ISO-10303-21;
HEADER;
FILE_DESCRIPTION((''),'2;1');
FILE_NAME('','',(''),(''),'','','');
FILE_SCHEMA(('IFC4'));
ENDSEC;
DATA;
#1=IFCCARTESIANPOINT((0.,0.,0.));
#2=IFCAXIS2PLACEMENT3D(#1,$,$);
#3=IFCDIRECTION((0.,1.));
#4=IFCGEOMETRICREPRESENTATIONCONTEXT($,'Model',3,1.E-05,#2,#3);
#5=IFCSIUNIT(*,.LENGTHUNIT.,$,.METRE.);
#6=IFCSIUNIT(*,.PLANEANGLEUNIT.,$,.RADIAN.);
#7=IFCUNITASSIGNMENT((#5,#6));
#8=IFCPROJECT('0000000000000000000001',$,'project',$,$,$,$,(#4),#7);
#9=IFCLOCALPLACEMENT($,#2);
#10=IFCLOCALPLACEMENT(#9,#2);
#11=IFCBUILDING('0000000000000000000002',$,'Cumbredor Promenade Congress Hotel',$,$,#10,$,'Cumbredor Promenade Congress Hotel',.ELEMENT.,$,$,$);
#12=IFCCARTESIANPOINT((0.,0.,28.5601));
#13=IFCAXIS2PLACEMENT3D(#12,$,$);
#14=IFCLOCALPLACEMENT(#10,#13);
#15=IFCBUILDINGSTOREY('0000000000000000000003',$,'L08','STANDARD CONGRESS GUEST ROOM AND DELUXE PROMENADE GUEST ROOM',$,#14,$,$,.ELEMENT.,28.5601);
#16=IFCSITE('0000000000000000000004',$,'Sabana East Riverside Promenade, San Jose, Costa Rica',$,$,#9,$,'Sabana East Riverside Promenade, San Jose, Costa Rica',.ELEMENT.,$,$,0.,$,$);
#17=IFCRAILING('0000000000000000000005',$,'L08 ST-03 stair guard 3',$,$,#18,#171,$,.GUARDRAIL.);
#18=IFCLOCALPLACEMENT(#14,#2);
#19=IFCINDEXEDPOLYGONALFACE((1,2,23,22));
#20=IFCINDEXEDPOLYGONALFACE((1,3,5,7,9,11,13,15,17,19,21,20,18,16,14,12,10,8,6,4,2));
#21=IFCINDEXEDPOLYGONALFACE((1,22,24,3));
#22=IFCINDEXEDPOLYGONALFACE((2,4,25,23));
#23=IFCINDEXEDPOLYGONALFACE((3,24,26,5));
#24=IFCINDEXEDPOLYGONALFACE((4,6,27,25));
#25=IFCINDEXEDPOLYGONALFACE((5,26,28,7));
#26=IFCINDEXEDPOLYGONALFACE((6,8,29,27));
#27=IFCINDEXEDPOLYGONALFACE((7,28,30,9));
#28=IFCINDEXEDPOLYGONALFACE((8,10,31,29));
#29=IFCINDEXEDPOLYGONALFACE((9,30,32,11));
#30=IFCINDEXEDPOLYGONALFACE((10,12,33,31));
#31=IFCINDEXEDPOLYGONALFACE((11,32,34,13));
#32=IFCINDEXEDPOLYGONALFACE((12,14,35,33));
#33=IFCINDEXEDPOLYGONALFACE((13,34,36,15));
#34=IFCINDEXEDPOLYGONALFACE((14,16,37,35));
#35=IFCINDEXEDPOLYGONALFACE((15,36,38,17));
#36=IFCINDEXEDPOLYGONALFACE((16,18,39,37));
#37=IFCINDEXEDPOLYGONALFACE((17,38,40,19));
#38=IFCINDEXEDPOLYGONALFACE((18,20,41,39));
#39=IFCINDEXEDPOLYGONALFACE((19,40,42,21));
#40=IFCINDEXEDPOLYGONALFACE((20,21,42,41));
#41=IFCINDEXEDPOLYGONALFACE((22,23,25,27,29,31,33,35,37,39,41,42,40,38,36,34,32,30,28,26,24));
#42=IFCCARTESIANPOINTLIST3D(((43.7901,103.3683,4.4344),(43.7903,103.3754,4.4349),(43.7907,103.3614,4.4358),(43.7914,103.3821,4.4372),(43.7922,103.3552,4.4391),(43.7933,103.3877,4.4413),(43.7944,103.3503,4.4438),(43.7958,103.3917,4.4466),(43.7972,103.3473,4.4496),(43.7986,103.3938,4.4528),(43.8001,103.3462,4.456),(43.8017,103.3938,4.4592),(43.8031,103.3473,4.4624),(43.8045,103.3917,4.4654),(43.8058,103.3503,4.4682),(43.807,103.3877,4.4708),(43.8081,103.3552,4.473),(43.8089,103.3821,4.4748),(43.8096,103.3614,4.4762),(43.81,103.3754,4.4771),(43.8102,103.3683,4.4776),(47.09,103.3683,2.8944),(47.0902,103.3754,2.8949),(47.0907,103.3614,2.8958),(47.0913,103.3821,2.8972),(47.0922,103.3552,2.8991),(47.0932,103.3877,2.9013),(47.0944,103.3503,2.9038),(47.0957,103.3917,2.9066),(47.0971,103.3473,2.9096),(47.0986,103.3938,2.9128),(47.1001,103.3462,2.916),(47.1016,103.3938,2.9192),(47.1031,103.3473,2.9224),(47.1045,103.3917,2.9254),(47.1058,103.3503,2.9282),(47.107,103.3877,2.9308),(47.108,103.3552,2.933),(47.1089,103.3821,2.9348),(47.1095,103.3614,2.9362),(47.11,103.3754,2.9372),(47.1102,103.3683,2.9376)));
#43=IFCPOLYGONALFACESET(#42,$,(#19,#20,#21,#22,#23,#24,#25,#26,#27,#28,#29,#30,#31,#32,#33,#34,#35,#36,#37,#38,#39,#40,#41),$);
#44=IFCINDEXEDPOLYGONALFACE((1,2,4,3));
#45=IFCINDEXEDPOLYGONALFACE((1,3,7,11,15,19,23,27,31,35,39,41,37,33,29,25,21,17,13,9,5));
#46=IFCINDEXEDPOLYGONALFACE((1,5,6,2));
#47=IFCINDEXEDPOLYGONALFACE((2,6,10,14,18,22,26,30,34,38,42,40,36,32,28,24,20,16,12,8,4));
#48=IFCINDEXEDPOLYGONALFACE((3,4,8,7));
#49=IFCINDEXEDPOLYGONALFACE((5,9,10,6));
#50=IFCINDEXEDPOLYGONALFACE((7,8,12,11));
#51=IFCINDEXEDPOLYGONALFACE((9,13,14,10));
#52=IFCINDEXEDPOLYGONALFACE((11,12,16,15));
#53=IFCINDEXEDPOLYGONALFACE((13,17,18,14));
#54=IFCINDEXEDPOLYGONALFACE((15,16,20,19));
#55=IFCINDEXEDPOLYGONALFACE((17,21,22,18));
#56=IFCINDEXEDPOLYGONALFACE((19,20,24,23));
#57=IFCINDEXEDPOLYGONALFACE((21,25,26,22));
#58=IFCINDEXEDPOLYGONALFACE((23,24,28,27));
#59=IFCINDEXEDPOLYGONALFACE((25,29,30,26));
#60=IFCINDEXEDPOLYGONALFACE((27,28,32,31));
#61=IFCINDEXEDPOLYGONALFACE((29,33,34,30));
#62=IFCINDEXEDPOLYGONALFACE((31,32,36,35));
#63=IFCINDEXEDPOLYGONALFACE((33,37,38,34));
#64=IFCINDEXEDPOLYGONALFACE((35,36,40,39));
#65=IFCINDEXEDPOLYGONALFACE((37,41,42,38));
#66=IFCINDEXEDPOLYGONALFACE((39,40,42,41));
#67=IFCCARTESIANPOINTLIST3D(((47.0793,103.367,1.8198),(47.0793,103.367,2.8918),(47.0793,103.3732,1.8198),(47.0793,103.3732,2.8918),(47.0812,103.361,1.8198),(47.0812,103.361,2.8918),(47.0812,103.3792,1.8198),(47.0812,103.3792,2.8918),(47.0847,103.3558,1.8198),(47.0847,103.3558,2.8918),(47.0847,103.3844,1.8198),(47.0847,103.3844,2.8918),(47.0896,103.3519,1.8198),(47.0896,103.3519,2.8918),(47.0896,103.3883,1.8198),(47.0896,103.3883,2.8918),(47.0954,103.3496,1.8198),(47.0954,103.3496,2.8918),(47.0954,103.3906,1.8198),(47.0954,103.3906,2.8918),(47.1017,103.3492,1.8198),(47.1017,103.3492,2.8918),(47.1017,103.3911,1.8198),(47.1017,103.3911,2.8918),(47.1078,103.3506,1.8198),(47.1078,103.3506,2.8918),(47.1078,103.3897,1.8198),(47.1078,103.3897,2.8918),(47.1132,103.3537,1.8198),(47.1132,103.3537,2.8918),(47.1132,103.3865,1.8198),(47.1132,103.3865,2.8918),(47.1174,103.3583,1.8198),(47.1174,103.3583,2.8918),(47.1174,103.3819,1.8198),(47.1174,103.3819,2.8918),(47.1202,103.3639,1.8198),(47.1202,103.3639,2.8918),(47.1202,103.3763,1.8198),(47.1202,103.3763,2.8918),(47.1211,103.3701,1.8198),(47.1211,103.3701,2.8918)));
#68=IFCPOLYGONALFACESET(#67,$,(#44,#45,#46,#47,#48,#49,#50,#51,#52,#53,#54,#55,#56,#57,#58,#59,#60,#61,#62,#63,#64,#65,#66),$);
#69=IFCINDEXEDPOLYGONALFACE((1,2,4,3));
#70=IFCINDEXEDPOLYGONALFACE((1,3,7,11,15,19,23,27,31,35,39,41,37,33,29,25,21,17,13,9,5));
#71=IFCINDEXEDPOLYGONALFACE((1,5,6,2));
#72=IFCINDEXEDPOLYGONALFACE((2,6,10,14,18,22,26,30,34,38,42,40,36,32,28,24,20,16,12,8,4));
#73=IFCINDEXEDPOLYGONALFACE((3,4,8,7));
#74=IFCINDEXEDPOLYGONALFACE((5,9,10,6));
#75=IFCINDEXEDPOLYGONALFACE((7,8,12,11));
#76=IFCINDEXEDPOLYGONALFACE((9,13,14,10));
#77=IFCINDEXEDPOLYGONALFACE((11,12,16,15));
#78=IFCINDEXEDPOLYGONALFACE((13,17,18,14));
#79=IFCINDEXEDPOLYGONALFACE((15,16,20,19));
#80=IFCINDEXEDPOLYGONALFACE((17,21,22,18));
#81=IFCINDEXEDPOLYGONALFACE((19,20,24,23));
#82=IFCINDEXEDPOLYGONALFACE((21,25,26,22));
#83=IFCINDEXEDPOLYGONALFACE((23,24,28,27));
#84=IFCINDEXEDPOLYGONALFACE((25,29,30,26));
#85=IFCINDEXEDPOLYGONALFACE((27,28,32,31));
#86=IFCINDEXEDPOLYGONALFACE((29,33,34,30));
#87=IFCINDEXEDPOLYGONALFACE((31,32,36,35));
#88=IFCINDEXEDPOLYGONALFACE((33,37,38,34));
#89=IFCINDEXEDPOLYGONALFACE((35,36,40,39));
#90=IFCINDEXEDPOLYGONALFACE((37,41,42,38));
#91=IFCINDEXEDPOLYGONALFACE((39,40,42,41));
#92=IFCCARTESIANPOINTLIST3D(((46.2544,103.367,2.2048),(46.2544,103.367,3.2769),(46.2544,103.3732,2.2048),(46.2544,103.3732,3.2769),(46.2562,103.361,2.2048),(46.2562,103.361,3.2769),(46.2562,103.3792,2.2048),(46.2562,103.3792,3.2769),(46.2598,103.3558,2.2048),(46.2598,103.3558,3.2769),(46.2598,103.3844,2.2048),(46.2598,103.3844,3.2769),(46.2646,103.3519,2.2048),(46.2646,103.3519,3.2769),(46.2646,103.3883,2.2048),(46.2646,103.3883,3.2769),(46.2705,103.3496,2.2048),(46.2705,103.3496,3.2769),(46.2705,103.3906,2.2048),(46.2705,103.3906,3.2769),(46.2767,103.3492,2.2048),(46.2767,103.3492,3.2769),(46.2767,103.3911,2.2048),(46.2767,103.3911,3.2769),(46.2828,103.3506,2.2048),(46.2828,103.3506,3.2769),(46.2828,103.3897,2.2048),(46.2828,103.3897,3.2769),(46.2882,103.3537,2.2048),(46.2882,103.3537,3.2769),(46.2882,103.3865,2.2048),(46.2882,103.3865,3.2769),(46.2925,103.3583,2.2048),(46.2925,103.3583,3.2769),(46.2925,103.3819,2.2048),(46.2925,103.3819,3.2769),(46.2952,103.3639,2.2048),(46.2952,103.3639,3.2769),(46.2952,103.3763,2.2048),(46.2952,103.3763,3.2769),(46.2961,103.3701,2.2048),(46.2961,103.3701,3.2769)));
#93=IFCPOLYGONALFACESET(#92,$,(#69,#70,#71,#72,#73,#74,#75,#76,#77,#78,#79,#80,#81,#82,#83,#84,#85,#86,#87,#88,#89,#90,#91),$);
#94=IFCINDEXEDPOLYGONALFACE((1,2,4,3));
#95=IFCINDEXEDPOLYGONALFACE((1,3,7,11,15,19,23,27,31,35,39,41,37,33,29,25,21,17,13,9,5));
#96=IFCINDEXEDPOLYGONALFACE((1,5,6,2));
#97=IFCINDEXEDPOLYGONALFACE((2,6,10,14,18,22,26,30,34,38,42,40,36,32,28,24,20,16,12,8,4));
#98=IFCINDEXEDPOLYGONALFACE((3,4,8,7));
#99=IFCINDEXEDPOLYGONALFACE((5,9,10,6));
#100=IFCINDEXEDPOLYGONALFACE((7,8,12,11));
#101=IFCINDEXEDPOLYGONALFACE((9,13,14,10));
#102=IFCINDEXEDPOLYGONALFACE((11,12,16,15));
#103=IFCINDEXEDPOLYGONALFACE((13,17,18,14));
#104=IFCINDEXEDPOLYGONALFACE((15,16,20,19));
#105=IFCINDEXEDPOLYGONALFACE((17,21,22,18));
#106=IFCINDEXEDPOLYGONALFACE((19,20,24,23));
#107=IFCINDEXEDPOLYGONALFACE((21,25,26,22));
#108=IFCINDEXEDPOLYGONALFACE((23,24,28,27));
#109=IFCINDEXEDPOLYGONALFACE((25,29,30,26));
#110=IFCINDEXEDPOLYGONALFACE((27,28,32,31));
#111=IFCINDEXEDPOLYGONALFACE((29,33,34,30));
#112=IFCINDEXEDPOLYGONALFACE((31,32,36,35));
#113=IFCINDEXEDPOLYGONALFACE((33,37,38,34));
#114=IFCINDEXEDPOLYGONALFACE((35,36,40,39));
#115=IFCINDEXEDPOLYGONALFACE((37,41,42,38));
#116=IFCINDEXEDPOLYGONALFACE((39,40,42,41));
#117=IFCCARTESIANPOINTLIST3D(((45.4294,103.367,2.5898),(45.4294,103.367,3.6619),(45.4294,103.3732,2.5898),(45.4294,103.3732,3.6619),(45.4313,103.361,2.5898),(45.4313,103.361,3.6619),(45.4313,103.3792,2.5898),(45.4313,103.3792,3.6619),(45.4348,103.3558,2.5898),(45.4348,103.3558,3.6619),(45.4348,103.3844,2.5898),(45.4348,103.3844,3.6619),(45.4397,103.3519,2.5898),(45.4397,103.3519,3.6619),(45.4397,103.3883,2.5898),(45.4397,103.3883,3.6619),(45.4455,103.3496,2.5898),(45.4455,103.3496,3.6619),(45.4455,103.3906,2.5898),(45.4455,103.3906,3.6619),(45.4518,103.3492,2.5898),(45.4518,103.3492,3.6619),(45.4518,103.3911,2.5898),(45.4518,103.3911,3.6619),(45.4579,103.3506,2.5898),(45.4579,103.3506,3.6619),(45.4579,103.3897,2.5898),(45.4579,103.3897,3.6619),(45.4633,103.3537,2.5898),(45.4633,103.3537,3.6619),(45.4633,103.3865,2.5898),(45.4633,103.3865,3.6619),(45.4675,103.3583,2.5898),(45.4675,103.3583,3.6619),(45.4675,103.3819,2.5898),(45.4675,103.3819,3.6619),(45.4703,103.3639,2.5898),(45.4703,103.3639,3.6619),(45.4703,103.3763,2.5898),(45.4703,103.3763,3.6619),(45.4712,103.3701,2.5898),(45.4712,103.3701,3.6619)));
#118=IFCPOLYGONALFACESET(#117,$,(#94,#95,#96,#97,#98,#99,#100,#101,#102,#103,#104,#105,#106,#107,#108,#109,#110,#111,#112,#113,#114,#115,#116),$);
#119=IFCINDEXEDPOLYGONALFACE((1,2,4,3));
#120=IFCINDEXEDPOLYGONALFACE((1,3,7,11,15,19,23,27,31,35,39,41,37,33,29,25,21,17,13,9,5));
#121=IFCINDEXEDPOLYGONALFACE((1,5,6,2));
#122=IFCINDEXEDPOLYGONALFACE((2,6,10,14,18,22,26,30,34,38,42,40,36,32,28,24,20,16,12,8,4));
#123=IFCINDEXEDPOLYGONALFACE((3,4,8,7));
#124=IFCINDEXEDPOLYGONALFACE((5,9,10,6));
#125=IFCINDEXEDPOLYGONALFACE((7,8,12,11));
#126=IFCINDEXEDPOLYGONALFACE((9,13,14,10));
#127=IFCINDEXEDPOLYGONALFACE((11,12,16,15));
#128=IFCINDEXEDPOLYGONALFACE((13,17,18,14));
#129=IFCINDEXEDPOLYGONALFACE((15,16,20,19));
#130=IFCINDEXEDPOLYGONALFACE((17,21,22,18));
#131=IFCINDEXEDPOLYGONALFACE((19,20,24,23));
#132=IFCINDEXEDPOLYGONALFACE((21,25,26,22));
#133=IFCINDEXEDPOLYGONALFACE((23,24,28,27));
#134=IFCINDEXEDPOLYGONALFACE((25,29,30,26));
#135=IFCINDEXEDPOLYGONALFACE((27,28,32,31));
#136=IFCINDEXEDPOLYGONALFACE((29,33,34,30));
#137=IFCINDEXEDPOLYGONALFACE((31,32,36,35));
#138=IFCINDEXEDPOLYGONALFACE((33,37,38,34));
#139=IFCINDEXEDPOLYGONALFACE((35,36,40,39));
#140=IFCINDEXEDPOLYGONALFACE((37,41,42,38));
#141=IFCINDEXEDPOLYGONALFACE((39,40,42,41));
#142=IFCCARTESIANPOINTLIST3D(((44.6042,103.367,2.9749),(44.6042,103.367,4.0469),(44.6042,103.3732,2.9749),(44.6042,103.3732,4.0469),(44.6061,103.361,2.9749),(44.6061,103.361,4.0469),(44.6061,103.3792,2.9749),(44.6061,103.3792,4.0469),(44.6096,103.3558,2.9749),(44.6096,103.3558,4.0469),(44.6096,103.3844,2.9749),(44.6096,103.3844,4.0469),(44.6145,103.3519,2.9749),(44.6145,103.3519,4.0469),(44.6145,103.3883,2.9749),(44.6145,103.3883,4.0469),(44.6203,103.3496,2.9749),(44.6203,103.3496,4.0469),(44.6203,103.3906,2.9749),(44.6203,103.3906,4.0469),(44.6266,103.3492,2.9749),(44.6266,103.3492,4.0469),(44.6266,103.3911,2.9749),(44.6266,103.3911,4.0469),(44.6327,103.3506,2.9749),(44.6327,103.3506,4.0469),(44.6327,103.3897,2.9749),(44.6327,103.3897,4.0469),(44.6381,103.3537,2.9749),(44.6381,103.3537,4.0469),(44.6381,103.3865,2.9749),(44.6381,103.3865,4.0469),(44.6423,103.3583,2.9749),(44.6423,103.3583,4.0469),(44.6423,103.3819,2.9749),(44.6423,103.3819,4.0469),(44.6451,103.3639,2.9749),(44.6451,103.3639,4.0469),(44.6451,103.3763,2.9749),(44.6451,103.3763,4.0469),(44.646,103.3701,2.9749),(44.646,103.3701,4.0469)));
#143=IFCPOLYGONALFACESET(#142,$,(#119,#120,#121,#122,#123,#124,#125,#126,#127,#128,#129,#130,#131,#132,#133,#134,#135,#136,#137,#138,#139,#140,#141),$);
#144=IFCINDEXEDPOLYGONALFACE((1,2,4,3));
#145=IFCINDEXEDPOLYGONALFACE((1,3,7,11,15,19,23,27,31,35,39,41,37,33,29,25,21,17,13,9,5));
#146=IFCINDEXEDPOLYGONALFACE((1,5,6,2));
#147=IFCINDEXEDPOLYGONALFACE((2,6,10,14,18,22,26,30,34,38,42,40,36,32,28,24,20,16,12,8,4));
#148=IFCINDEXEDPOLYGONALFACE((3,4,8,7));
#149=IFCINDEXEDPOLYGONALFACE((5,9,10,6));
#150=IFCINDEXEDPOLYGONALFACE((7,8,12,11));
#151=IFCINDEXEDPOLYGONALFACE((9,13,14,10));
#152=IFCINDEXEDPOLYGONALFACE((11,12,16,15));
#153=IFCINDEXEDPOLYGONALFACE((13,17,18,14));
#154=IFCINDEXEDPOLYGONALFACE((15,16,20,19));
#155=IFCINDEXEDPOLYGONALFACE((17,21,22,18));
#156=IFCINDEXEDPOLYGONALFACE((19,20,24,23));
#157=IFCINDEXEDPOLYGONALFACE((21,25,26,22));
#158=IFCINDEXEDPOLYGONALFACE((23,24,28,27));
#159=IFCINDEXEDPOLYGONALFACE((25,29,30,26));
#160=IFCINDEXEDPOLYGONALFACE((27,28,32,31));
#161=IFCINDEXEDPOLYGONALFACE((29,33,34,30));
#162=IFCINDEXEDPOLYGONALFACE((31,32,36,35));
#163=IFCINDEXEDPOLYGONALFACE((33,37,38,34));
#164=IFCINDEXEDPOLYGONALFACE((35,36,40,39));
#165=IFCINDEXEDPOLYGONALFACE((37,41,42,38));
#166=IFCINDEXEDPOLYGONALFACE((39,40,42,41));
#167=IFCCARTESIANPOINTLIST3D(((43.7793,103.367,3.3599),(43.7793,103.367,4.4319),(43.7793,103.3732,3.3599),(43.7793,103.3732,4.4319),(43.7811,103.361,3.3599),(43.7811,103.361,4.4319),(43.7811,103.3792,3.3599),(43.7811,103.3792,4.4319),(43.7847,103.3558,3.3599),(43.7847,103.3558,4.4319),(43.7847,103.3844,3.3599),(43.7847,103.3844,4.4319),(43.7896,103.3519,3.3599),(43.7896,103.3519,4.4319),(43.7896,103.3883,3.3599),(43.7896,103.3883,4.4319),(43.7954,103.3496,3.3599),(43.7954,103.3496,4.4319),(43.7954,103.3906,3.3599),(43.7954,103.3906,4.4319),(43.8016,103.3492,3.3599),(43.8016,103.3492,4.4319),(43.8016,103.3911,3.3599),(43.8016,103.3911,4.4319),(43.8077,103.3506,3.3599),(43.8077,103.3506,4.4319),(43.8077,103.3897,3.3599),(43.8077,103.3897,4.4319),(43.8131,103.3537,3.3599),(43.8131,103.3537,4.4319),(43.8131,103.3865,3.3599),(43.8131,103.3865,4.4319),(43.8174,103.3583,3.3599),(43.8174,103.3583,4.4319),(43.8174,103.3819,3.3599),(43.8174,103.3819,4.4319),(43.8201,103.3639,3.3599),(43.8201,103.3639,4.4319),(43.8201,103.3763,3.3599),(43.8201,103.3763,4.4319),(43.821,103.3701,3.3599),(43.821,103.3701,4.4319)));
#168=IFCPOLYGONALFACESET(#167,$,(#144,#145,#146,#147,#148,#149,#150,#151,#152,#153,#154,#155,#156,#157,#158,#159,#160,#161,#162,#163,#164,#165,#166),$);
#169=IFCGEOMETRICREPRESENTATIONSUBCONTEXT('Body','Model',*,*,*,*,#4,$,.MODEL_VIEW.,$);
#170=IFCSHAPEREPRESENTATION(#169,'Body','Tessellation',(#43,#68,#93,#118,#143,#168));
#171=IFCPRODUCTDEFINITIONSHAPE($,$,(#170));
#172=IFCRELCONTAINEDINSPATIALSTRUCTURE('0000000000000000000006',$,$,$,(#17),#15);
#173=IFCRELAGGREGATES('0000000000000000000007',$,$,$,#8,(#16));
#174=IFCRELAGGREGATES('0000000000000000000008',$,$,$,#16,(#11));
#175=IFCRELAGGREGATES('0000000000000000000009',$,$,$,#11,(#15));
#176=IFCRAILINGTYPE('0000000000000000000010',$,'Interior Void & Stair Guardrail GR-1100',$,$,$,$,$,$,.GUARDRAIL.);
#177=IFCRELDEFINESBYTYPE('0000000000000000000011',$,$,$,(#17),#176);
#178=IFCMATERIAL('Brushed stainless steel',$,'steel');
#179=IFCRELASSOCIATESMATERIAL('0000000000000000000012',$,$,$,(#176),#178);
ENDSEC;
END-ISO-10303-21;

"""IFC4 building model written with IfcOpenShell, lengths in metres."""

from ifc_helpers import new_model, si_unit, direction, frame, origin, origin_2d, place, context, subcontext, project, spatial, circle, extrude, material, type_object, element, save


model = new_model("IFC4")

# Units and contexts
model_context = context("Model", 3, precision=1e-05, world=origin(), true_north=direction((0.0, 1.0)))
body_context = subcontext(model_context, "Body", "Model", "MODEL_VIEW")
ifc_project = project(units=[si_unit("LENGTHUNIT", "METRE"), si_unit("PLANEANGLEUNIT", "RADIAN")], contexts=[model_context])

# Site, building, storey
site_placement = place(None, origin())
site = spatial("IfcSite", under=ifc_project, at=site_placement, Name="Sabana East Riverside Promenade, San Jose, Costa Rica", LongName="Sabana East Riverside Promenade, San Jose, Costa Rica", CompositionType="ELEMENT", RefElevation=0.0)
building_placement = place(site_placement, origin())
building = spatial("IfcBuilding", under=site, at=building_placement, Name="Cumbredor Promenade Congress Hotel", LongName="Cumbredor Promenade Congress Hotel", CompositionType="ELEMENT")
storey_placement = place(building_placement, frame((0.0, 0.0, 28.5601)))
storey = spatial("IfcBuildingStorey", under=building, at=storey_placement, Name="L08", Description="STANDARD CONGRESS GUEST ROOM AND DELUXE PROMENADE GUEST ROOM", CompositionType="ELEMENT", Elevation=28.5601)

# Railing
ifc_material_1 = material(Name="Brushed stainless steel", Category="steel")
railing_type_1 = type_object("IfcRailingType", Name="Interior Void & Stair Guardrail GR-1100", PredefinedType="GUARDRAIL", material=ifc_material_1)
railing_1_placement = place(storey_placement, frame((47.1001, 103.3701, 1.8198)))
element("IfcRailing", 1, at=railing_1_placement, inside=storey, type_object=railing_type_1, Name="L08 ST-03 stair guard 3", PredefinedType="GUARDRAIL", context=body_context, shape_type="SweptSolid", body=[
    extrude(circle(Radius=0.0239, at=origin_2d()), frame((0.0, 0.0, 1.0962), z_axis=(-0.906181, 0.0, 0.422889), x_axis=(0.0, -1.0, 0.0)), (0.0, 0.0, 1.0), 3.6416),
    extrude(circle(Radius=0.021, at=origin_2d()), origin(), (0.0, 0.0, 1.0), 1.072),
    extrude(circle(Radius=0.021, at=origin_2d()), frame((-0.825, 0.0, 0.385)), (0.0, 0.0, 1.0), 1.072),
    extrude(circle(Radius=0.021, at=origin_2d()), frame((-1.6499, 0.0, 0.77)), (0.0, 0.0, 1.0), 1.072),
    extrude(circle(Radius=0.021, at=origin_2d()), frame((-2.4751, 0.0, 1.155)), (0.0, 0.0, 1.0), 1.072),
    extrude(circle(Radius=0.021, at=origin_2d()), frame((-3.3, 0.0, 1.54)), (0.0, 0.0, 1.0), 1.072),
])

save(model, "model.ifc")
